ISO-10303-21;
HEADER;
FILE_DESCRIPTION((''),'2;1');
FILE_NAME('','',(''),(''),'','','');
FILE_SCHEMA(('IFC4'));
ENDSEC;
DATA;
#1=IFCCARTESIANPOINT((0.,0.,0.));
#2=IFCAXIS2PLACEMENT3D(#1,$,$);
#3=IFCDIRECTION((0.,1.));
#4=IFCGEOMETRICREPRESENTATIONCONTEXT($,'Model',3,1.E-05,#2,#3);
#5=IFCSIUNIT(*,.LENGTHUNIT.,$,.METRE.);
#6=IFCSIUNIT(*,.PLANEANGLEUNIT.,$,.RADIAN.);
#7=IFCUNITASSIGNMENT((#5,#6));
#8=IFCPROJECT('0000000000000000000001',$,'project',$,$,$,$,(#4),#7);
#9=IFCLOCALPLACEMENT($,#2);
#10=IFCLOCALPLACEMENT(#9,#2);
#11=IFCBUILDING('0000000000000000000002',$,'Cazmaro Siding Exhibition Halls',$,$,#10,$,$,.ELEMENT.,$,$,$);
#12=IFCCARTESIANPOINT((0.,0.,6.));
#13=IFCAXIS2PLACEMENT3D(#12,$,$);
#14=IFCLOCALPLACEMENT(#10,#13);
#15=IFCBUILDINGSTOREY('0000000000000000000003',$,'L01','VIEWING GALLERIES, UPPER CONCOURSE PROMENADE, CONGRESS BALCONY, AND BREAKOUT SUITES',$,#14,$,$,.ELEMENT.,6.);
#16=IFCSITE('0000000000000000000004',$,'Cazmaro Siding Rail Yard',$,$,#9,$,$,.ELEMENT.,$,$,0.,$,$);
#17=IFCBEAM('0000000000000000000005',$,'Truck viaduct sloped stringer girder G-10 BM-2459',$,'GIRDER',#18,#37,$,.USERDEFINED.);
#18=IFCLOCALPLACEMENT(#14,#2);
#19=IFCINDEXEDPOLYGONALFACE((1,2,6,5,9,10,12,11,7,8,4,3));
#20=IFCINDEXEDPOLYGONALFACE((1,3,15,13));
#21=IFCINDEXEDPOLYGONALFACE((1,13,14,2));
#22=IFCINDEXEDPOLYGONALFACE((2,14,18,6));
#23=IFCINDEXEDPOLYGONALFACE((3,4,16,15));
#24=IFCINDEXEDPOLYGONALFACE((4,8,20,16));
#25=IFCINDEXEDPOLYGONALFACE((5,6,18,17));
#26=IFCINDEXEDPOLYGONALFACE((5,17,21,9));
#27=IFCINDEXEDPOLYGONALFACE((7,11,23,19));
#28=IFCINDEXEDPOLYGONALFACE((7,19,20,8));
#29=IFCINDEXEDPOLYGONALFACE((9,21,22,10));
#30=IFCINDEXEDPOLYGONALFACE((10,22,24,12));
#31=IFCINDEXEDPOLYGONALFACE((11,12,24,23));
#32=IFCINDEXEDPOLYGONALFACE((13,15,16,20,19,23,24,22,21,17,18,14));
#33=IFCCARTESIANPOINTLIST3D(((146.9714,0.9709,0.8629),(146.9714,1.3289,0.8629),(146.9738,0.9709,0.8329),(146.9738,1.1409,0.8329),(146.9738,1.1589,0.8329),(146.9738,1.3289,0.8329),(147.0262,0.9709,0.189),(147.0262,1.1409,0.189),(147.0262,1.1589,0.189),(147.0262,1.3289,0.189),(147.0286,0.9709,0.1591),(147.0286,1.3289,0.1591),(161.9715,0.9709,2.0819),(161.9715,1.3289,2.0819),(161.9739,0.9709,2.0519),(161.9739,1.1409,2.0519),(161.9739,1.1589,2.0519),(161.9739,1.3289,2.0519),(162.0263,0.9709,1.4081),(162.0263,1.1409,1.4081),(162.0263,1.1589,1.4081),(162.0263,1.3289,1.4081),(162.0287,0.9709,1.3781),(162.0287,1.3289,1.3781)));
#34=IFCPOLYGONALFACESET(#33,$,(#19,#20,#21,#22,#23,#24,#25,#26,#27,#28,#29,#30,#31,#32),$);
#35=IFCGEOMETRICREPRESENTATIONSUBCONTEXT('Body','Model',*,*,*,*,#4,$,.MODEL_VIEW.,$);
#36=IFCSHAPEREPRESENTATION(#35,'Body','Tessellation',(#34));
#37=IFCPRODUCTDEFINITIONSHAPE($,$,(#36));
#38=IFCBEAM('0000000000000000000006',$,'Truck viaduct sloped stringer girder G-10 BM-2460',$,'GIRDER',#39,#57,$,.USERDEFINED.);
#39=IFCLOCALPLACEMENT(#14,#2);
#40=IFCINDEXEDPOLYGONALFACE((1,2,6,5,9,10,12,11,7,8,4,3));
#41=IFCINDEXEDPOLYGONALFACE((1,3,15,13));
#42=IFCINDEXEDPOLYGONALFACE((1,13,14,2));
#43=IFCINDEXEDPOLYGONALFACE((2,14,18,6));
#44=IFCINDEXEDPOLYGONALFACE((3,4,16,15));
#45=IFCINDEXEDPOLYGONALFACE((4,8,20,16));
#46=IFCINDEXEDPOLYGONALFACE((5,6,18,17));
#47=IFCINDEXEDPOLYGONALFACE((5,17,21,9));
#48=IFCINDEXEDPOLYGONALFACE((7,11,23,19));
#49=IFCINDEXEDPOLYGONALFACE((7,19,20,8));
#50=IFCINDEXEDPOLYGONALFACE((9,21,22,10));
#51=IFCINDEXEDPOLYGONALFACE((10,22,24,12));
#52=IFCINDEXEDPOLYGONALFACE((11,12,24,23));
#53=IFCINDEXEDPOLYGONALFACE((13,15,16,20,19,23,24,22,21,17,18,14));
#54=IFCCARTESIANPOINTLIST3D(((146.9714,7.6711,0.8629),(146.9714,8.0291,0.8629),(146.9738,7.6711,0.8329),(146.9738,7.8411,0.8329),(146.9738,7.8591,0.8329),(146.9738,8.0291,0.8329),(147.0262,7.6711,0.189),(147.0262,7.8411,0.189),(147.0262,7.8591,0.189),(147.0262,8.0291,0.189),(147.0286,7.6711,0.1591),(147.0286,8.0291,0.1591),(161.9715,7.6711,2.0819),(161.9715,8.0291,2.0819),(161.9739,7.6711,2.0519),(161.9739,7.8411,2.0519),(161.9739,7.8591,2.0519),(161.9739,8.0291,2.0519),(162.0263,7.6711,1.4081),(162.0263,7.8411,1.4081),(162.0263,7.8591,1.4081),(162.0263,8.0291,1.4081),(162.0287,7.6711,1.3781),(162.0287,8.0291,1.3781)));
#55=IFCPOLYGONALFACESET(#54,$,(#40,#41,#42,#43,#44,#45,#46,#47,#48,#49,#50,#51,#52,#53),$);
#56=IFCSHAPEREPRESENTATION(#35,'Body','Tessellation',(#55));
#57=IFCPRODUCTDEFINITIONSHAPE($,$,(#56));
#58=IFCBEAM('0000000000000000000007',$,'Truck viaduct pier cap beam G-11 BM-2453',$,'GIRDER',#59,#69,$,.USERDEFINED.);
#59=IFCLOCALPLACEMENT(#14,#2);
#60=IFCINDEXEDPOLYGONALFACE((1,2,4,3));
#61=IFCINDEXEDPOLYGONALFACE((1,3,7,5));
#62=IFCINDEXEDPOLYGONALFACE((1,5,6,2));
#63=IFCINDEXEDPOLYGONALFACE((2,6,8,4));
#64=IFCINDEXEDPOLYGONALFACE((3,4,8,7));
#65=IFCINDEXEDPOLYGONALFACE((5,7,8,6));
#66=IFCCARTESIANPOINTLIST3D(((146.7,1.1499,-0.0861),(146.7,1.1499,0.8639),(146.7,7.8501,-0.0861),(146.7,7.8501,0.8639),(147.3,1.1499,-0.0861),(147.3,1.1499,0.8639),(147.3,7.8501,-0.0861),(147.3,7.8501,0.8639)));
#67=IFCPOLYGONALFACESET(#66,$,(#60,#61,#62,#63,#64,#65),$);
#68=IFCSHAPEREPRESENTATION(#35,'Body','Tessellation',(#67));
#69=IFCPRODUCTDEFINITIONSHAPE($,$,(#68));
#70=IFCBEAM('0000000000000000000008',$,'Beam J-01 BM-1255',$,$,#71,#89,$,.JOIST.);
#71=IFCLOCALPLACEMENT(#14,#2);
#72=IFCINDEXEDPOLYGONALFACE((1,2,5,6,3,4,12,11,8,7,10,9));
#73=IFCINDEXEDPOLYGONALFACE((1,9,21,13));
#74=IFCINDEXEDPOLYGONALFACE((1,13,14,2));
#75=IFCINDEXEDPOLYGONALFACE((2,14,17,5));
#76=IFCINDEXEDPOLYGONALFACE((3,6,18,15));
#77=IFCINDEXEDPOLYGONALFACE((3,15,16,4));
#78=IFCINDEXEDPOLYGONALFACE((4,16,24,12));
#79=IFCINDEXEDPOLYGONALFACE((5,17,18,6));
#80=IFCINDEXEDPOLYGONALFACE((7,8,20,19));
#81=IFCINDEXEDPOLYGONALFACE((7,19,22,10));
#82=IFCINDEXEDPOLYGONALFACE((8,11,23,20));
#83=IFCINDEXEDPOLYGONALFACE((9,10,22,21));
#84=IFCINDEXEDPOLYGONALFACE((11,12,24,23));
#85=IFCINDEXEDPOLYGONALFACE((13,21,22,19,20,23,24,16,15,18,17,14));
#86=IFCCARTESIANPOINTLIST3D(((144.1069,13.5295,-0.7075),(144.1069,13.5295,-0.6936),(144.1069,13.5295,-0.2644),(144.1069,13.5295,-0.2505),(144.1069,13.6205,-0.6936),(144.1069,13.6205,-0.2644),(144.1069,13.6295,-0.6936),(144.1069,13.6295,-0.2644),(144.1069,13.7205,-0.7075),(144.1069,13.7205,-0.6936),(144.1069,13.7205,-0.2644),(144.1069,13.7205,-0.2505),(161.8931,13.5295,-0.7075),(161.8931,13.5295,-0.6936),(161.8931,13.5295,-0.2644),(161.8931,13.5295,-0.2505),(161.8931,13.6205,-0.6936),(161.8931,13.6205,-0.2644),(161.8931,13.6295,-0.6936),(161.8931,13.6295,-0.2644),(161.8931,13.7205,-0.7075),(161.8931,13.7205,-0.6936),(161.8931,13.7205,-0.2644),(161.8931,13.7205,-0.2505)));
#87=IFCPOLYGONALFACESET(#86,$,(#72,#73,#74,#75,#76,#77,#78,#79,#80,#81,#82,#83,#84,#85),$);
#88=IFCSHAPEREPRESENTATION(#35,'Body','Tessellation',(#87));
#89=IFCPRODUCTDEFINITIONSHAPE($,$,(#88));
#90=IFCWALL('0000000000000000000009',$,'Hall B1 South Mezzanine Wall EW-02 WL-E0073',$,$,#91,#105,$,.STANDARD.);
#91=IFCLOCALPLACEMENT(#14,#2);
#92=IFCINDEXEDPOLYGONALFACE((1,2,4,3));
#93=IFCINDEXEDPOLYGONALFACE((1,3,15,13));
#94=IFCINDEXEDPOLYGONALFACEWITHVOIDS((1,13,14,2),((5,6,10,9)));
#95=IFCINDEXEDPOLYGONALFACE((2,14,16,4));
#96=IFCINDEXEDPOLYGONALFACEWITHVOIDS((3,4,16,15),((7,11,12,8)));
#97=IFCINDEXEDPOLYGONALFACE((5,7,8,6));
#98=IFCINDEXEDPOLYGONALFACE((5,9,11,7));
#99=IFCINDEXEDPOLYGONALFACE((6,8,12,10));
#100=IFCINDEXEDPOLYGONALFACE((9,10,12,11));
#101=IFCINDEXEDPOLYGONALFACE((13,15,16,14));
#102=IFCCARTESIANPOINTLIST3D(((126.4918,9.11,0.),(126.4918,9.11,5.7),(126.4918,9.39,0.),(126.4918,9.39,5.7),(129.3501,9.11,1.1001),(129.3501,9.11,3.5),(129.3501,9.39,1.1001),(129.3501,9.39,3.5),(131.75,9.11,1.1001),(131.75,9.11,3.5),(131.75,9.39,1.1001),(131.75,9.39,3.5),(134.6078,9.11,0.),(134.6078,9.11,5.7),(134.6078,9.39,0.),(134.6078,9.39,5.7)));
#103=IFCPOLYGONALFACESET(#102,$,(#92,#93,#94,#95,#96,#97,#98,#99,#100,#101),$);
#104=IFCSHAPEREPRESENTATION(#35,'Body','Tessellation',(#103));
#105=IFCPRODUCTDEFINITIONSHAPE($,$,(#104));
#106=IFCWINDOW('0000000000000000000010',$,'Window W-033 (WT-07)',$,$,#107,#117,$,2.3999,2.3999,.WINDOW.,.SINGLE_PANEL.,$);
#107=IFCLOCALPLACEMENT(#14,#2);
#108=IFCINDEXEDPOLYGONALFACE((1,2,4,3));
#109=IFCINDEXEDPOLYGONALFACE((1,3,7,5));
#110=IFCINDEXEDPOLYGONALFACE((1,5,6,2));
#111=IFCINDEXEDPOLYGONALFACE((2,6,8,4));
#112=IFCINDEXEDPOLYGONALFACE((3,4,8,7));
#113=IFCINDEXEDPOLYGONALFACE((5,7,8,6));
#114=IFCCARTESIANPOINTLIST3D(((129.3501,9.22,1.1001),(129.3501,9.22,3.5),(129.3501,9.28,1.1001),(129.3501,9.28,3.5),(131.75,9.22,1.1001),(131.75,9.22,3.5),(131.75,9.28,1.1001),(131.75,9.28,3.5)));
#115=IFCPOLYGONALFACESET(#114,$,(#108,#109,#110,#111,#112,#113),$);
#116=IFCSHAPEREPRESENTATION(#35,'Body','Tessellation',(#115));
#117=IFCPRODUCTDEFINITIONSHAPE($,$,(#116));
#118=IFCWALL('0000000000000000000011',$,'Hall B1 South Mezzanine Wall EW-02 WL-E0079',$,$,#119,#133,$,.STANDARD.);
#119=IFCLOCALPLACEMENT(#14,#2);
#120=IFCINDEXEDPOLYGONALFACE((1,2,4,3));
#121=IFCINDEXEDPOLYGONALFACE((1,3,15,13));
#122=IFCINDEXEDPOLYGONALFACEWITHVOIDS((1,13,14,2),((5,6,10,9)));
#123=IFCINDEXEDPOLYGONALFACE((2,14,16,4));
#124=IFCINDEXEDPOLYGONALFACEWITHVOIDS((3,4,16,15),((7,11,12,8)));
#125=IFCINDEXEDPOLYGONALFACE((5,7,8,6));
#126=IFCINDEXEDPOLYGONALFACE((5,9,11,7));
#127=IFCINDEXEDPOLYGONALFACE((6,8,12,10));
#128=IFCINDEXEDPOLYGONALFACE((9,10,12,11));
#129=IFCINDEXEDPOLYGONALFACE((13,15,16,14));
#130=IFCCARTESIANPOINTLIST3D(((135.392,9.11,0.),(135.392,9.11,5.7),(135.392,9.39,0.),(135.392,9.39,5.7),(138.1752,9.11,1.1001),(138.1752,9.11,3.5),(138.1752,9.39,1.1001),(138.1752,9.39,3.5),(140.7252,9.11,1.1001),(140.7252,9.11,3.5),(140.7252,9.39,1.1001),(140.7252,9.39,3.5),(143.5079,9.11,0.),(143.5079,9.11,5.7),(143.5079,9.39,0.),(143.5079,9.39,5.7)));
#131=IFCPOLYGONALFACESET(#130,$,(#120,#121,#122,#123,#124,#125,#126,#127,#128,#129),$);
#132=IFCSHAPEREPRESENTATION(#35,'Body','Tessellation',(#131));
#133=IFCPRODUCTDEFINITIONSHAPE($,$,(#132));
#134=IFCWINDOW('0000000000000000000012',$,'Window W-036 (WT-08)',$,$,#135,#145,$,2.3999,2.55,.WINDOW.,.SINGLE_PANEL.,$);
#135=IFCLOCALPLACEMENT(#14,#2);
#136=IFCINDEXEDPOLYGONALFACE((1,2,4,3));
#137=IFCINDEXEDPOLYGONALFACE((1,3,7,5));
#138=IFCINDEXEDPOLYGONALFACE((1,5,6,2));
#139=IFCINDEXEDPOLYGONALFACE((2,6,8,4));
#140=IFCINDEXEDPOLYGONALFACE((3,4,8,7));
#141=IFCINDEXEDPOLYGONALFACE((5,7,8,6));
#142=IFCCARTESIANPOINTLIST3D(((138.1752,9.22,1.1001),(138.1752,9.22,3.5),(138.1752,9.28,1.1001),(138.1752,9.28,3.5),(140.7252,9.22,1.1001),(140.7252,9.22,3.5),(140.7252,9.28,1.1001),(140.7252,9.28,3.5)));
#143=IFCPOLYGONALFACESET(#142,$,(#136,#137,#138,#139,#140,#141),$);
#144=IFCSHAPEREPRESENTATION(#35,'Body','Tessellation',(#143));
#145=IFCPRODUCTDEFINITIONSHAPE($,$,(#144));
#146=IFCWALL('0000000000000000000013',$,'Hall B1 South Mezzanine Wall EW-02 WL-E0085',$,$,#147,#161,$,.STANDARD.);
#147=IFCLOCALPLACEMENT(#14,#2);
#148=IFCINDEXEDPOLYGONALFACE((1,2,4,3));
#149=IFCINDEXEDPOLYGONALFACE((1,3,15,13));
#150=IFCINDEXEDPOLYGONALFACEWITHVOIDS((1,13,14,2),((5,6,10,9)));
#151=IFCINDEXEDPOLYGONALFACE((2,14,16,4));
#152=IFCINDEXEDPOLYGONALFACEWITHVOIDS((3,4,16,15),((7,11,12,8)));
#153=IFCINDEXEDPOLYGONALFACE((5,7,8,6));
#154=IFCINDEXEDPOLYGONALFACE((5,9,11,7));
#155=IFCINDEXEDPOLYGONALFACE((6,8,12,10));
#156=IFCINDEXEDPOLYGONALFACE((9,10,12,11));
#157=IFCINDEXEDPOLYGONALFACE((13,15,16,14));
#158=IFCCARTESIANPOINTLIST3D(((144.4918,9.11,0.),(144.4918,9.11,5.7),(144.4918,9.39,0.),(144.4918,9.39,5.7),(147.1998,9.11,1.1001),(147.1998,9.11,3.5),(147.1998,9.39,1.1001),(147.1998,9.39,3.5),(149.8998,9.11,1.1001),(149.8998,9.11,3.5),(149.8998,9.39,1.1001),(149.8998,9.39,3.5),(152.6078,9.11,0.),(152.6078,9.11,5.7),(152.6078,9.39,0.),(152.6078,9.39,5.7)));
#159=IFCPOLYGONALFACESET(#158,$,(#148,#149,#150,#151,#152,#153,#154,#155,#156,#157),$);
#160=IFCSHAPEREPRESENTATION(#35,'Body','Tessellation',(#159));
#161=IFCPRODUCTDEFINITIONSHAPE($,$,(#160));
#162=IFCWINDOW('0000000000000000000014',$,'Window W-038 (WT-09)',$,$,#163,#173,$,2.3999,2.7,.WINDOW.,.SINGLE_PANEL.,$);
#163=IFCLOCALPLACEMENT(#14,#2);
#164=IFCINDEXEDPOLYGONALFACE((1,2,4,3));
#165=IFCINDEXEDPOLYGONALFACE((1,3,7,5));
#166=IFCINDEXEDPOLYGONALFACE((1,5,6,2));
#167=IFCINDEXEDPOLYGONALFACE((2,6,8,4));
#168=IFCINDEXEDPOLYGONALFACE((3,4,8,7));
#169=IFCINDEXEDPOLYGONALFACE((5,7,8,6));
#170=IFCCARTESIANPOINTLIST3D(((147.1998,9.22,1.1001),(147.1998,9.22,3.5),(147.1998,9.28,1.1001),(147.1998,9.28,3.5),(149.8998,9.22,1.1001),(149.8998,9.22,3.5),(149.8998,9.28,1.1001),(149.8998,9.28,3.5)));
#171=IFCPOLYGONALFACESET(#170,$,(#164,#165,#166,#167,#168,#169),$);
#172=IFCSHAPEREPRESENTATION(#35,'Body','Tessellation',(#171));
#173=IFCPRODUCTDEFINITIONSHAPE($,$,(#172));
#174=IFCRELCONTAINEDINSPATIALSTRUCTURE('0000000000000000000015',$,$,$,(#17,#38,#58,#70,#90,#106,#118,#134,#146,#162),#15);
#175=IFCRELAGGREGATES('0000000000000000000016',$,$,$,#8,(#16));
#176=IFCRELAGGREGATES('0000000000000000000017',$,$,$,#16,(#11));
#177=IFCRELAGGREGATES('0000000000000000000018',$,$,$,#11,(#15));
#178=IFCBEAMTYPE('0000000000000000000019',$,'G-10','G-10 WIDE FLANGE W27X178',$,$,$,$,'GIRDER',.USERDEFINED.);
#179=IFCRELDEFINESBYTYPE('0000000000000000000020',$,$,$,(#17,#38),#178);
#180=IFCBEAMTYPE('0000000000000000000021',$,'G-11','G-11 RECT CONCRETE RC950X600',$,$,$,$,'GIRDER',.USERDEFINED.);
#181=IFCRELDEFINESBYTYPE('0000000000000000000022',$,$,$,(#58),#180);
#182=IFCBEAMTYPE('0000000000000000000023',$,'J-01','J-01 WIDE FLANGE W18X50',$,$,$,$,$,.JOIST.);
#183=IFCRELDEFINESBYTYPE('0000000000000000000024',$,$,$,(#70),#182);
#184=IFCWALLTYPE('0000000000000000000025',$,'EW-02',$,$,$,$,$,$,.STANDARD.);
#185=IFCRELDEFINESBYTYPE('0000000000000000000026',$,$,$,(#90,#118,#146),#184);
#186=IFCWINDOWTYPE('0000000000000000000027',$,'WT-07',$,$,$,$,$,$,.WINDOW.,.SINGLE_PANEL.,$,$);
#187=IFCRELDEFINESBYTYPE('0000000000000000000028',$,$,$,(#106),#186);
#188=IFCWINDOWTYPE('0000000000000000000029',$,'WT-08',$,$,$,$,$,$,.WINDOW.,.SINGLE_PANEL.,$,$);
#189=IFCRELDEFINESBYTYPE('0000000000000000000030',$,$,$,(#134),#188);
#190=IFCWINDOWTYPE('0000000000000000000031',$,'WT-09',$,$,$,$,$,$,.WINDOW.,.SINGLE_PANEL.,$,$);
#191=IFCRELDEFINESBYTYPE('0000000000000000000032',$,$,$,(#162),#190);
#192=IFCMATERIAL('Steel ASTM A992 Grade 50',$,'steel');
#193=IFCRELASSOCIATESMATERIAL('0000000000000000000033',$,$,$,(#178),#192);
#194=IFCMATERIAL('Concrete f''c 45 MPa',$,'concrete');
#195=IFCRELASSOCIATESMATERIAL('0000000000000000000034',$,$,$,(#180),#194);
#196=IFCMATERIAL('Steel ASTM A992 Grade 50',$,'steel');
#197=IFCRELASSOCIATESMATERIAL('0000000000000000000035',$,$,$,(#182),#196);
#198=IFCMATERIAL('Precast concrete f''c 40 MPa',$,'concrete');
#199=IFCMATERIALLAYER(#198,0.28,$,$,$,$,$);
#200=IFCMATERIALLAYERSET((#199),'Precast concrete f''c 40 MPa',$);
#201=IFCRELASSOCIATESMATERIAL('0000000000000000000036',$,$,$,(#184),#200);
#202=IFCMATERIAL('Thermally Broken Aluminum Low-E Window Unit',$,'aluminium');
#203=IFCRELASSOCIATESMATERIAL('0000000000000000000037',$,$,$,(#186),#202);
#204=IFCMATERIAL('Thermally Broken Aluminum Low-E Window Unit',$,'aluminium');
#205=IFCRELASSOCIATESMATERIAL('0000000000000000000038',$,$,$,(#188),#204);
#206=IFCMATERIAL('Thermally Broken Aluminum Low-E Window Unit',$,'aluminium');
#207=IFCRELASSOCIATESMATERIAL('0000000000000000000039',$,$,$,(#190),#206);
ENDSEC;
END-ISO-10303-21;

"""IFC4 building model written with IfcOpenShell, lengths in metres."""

from ifc_helpers import new_model, si_unit, direction, frame, frame_2d, origin, origin_2d, place, context, subcontext, project, spatial, rectangle, i_section, extrude, material, layer, layer_set, material_profile, profile_set, type_object, element, fill, save


model = new_model("IFC4")

# Units and contexts
model_context = context("Model", 3, precision=1e-05, world=origin(), true_north=direction((0.0, 1.0)))
body_context = subcontext(model_context, "Body", "Model", "MODEL_VIEW")
ifc_project = project(units=[si_unit("LENGTHUNIT", "METRE"), si_unit("PLANEANGLEUNIT", "RADIAN")], contexts=[model_context])

# Site, building, storey
site_placement = place(None, origin())
site = spatial("IfcSite", under=ifc_project, at=site_placement, Name="Cazmaro Siding Rail Yard", CompositionType="ELEMENT", RefElevation=0.0)
building_placement = place(site_placement, origin())
building = spatial("IfcBuilding", under=site, at=building_placement, Name="Cazmaro Siding Exhibition Halls", CompositionType="ELEMENT")
storey_placement = place(building_placement, frame((0.0, 0.0, 6.0)))
storey = spatial("IfcBuildingStorey", under=building, at=storey_placement, Name="L01", Description="VIEWING GALLERIES, UPPER CONCOURSE PROMENADE, CONGRESS BALCONY, AND BREAKOUT SUITES", CompositionType="ELEMENT", Elevation=6.0)

# Beams
ifc_material_1 = material(Name="Steel ASTM A992 Grade 50", Category="steel")
ifc_material_profile_1 = material_profile(ifc_material_1, i_section(OverallWidth=0.3579, OverallDepth=0.7061, WebThickness=0.0181, FlangeThickness=0.03, at=origin_2d()), Name="W27X178")
ifc_profile_set_1 = profile_set([ifc_material_profile_1], Name="Steel ASTM A992 Grade 50")
beam_type_1 = type_object("IfcBeamType", Name="G-10", Description="G-10 WIDE FLANGE W27X178", ElementType="GIRDER", PredefinedType="USERDEFINED", material=ifc_profile_set_1)
for number, where, z_axis, x_axis, name in (
    (1, (147.0, 1.1499, 0.511), (0.996714, 0.0, 0.080999), (0.0, 1.0, 0.0), "Truck viaduct sloped stringer girder G-10 BM-2459"),
    (2, (147.0, 7.8501, 0.511), (0.996714, 0.0, 0.080999), (0.0, 1.0, 0.0), "Truck viaduct sloped stringer girder G-10 BM-2460"),
):
    element("IfcBeam", number, at=place(storey_placement, frame(where, z_axis=z_axis, x_axis=x_axis)), inside=storey, type_object=beam_type_1, Name=name, ObjectType="GIRDER", PredefinedType="USERDEFINED", context=body_context, shape_type="SweptSolid", body=[
        extrude(i_section(OverallWidth=0.3579, OverallDepth=0.7061, WebThickness=0.0181, FlangeThickness=0.03, at=origin_2d()), origin(), (0.0, 0.0, 1.0), 15.0496),
    ])
ifc_material_2 = material(Name="Concrete f'c 45 MPa", Category="concrete")
ifc_material_profile_2 = material_profile(ifc_material_2, rectangle(XDim=0.6001, YDim=0.95, at=origin_2d()), Name="RC950X600")
ifc_profile_set_2 = profile_set([ifc_material_profile_2], Name="Concrete f'c 45 MPa")
beam_type_2 = type_object("IfcBeamType", Name="G-11", Description="G-11 RECT CONCRETE RC950X600", ElementType="GIRDER", PredefinedType="USERDEFINED", material=ifc_profile_set_2)
beam_1_placement = place(storey_placement, frame((147.0, 1.1499, 0.3889), z_axis=(0.0, 1.0, 0.0), x_axis=(-1.0, 0.0, 0.0)))
element("IfcBeam", 3, at=beam_1_placement, inside=storey, type_object=beam_type_2, Name="Truck viaduct pier cap beam G-11 BM-2453", ObjectType="GIRDER", PredefinedType="USERDEFINED", context=body_context, shape_type="SweptSolid", body=[
    extrude(rectangle(XDim=0.6001, YDim=0.95, at=origin_2d()), origin(), (0.0, 0.0, 1.0), 6.7002),
])
ifc_material_3 = material(Name="Steel ASTM A992 Grade 50", Category="steel")
ifc_material_profile_3 = material_profile(ifc_material_3, i_section(OverallWidth=0.1909, OverallDepth=0.457, WebThickness=0.009, FlangeThickness=0.0139, at=origin_2d()), Name="W18X50")
ifc_profile_set_3 = profile_set([ifc_material_profile_3], Name="Steel ASTM A992 Grade 50")
beam_type_3 = type_object("IfcBeamType", Name="J-01", Description="J-01 WIDE FLANGE W18X50", PredefinedType="JOIST", material=ifc_profile_set_3)
beam_2_placement = place(storey_placement, frame((144.1069, 13.625, -0.479), z_axis=(1.0, 0.0, 0.0), x_axis=(0.0, 1.0, 0.0)))
element("IfcBeam", 4, at=beam_2_placement, inside=storey, type_object=beam_type_3, Name="Beam J-01 BM-1255", PredefinedType="JOIST", context=body_context, shape_type="SweptSolid", body=[
    extrude(i_section(OverallWidth=0.1909, OverallDepth=0.457, WebThickness=0.009, FlangeThickness=0.0139, at=origin_2d()), origin(), (0.0, 0.0, 1.0), 17.7861),
])

# Walls, openings, windows
ifc_material_4 = material(Name="Precast concrete f'c 40 MPa", Category="concrete")
ifc_layer_1 = layer(ifc_material_4, 0.28)
ifc_layer_set_1 = layer_set([ifc_layer_1], Name="Precast concrete f'c 40 MPa")
wall_type_1 = type_object("IfcWallType", Name="EW-02", PredefinedType="STANDARD", material=ifc_layer_set_1)
wall_1_placement = place(storey_placement, frame((134.6079, 9.25, 0.0), z_axis=(0.0, 0.0, 1.0), x_axis=(-1.0, 0.0, 0.0)))
wall_1 = element("IfcWall", 5, at=wall_1_placement, inside=storey, type_object=wall_type_1, Name="Hall B1 South Mezzanine Wall EW-02 WL-E0073", PredefinedType="STANDARD", context=body_context, shape_type="SweptSolid", body=[
    extrude(rectangle(XDim=8.116, YDim=0.28, at=frame_2d((4.0581, 0.0))), origin(), (0.0, 0.0, 1.0), 5.7),
])
opening_1_placement = place(wall_1_placement, frame((2.8579, 0.0, 1.1001)))
opening_1 = element("IfcOpeningElement", 6, at=opening_1_placement, cuts=wall_1, PredefinedType="OPENING", context=body_context, shape_type="SweptSolid", body=[
    extrude(rectangle(XDim=2.3999, YDim=2.3999, at=frame_2d((1.2, 1.2))), frame((0.0, 0.1499, 0.0), z_axis=(0.0, -1.0, 0.0), x_axis=(1.0, 0.0, 0.0)), (0.0, 0.0, 1.0), 0.3),
])
ifc_material_5 = material(Name="Thermally Broken Aluminum Low-E Window Unit", Category="aluminium")
window_type_1 = type_object("IfcWindowType", Name="WT-07", PartitioningType="SINGLE_PANEL", PredefinedType="WINDOW", material=ifc_material_5)
window_1_placement = place(opening_1_placement, origin())
window_1 = element("IfcWindow", 7, at=window_1_placement, inside=storey, type_object=window_type_1, Name="Window W-033 (WT-07)", OverallHeight=2.3999, OverallWidth=2.3999, PartitioningType="SINGLE_PANEL", PredefinedType="WINDOW", context=body_context, shape_type="SweptSolid", body=[
    extrude(rectangle(XDim=2.3999, YDim=2.3999, at=frame_2d((1.2, 1.2))), frame((0.0, 0.03, 0.0), z_axis=(0.0, -1.0, 0.0), x_axis=(1.0, 0.0, 0.0)), (0.0, 0.0, 1.0), 0.0601),
])
fill(opening_1, window_1)
wall_2_placement = place(storey_placement, frame((143.5081, 9.25, 0.0), z_axis=(0.0, 0.0, 1.0), x_axis=(-1.0, 0.0, 0.0)))
wall_2 = element("IfcWall", 8, at=wall_2_placement, inside=storey, type_object=wall_type_1, Name="Hall B1 South Mezzanine Wall EW-02 WL-E0079", PredefinedType="STANDARD", context=body_context, shape_type="SweptSolid", body=[
    extrude(rectangle(XDim=8.116, YDim=0.28, at=frame_2d((4.0581, 0.0))), origin(), (0.0, 0.0, 1.0), 5.7),
])
opening_2_placement = place(wall_2_placement, frame((2.783, 0.0, 1.1001)))
opening_2 = element("IfcOpeningElement", 9, at=opening_2_placement, cuts=wall_2, PredefinedType="OPENING", context=body_context, shape_type="SweptSolid", body=[
    extrude(rectangle(XDim=2.55, YDim=2.3999, at=frame_2d((1.2749, 1.2))), frame((0.0, 0.1499, 0.0), z_axis=(0.0, -1.0, 0.0), x_axis=(1.0, 0.0, 0.0)), (0.0, 0.0, 1.0), 0.3),
])
ifc_material_6 = material(Name="Thermally Broken Aluminum Low-E Window Unit", Category="aluminium")
window_type_2 = type_object("IfcWindowType", Name="WT-08", PartitioningType="SINGLE_PANEL", PredefinedType="WINDOW", material=ifc_material_6)
window_2_placement = place(opening_2_placement, origin())
window_2 = element("IfcWindow", 10, at=window_2_placement, inside=storey, type_object=window_type_2, Name="Window W-036 (WT-08)", OverallHeight=2.3999, OverallWidth=2.55, PartitioningType="SINGLE_PANEL", PredefinedType="WINDOW", context=body_context, shape_type="SweptSolid", body=[
    extrude(rectangle(XDim=2.55, YDim=2.3999, at=frame_2d((1.2749, 1.2))), frame((0.0, 0.03, 0.0), z_axis=(0.0, -1.0, 0.0), x_axis=(1.0, 0.0, 0.0)), (0.0, 0.0, 1.0), 0.0601),
])
fill(opening_2, window_2)
wall_3_placement = place(storey_placement, frame((152.6079, 9.25, 0.0), z_axis=(0.0, 0.0, 1.0), x_axis=(-1.0, 0.0, 0.0)))
wall_3 = element("IfcWall", 11, at=wall_3_placement, inside=storey, type_object=wall_type_1, Name="Hall B1 South Mezzanine Wall EW-02 WL-E0085", PredefinedType="STANDARD", context=body_context, shape_type="SweptSolid", body=[
    extrude(rectangle(XDim=8.116, YDim=0.28, at=frame_2d((4.0581, 0.0))), origin(), (0.0, 0.0, 1.0), 5.7),
])
opening_3_placement = place(wall_3_placement, frame((2.708, 0.0, 1.1001)))
opening_3 = element("IfcOpeningElement", 12, at=opening_3_placement, cuts=wall_3, PredefinedType="OPENING", context=body_context, shape_type="SweptSolid", body=[
    extrude(rectangle(XDim=2.7, YDim=2.3999, at=frame_2d((1.3501, 1.2))), frame((0.0, 0.1499, 0.0), z_axis=(0.0, -1.0, 0.0), x_axis=(1.0, 0.0, 0.0)), (0.0, 0.0, 1.0), 0.3),
])
ifc_material_7 = material(Name="Thermally Broken Aluminum Low-E Window Unit", Category="aluminium")
window_type_3 = type_object("IfcWindowType", Name="WT-09", PartitioningType="SINGLE_PANEL", PredefinedType="WINDOW", material=ifc_material_7)
window_3_placement = place(opening_3_placement, origin())
window_3 = element("IfcWindow", 13, at=window_3_placement, inside=storey, type_object=window_type_3, Name="Window W-038 (WT-09)", OverallHeight=2.3999, OverallWidth=2.7, PartitioningType="SINGLE_PANEL", PredefinedType="WINDOW", context=body_context, shape_type="SweptSolid", body=[
    extrude(rectangle(XDim=2.7, YDim=2.3999, at=frame_2d((1.3501, 1.2))), frame((0.0, 0.03, 0.0), z_axis=(0.0, -1.0, 0.0), x_axis=(1.0, 0.0, 0.0)), (0.0, 0.0, 1.0), 0.0601),
])
fill(opening_3, window_3)

save(model, "model.ifc")
